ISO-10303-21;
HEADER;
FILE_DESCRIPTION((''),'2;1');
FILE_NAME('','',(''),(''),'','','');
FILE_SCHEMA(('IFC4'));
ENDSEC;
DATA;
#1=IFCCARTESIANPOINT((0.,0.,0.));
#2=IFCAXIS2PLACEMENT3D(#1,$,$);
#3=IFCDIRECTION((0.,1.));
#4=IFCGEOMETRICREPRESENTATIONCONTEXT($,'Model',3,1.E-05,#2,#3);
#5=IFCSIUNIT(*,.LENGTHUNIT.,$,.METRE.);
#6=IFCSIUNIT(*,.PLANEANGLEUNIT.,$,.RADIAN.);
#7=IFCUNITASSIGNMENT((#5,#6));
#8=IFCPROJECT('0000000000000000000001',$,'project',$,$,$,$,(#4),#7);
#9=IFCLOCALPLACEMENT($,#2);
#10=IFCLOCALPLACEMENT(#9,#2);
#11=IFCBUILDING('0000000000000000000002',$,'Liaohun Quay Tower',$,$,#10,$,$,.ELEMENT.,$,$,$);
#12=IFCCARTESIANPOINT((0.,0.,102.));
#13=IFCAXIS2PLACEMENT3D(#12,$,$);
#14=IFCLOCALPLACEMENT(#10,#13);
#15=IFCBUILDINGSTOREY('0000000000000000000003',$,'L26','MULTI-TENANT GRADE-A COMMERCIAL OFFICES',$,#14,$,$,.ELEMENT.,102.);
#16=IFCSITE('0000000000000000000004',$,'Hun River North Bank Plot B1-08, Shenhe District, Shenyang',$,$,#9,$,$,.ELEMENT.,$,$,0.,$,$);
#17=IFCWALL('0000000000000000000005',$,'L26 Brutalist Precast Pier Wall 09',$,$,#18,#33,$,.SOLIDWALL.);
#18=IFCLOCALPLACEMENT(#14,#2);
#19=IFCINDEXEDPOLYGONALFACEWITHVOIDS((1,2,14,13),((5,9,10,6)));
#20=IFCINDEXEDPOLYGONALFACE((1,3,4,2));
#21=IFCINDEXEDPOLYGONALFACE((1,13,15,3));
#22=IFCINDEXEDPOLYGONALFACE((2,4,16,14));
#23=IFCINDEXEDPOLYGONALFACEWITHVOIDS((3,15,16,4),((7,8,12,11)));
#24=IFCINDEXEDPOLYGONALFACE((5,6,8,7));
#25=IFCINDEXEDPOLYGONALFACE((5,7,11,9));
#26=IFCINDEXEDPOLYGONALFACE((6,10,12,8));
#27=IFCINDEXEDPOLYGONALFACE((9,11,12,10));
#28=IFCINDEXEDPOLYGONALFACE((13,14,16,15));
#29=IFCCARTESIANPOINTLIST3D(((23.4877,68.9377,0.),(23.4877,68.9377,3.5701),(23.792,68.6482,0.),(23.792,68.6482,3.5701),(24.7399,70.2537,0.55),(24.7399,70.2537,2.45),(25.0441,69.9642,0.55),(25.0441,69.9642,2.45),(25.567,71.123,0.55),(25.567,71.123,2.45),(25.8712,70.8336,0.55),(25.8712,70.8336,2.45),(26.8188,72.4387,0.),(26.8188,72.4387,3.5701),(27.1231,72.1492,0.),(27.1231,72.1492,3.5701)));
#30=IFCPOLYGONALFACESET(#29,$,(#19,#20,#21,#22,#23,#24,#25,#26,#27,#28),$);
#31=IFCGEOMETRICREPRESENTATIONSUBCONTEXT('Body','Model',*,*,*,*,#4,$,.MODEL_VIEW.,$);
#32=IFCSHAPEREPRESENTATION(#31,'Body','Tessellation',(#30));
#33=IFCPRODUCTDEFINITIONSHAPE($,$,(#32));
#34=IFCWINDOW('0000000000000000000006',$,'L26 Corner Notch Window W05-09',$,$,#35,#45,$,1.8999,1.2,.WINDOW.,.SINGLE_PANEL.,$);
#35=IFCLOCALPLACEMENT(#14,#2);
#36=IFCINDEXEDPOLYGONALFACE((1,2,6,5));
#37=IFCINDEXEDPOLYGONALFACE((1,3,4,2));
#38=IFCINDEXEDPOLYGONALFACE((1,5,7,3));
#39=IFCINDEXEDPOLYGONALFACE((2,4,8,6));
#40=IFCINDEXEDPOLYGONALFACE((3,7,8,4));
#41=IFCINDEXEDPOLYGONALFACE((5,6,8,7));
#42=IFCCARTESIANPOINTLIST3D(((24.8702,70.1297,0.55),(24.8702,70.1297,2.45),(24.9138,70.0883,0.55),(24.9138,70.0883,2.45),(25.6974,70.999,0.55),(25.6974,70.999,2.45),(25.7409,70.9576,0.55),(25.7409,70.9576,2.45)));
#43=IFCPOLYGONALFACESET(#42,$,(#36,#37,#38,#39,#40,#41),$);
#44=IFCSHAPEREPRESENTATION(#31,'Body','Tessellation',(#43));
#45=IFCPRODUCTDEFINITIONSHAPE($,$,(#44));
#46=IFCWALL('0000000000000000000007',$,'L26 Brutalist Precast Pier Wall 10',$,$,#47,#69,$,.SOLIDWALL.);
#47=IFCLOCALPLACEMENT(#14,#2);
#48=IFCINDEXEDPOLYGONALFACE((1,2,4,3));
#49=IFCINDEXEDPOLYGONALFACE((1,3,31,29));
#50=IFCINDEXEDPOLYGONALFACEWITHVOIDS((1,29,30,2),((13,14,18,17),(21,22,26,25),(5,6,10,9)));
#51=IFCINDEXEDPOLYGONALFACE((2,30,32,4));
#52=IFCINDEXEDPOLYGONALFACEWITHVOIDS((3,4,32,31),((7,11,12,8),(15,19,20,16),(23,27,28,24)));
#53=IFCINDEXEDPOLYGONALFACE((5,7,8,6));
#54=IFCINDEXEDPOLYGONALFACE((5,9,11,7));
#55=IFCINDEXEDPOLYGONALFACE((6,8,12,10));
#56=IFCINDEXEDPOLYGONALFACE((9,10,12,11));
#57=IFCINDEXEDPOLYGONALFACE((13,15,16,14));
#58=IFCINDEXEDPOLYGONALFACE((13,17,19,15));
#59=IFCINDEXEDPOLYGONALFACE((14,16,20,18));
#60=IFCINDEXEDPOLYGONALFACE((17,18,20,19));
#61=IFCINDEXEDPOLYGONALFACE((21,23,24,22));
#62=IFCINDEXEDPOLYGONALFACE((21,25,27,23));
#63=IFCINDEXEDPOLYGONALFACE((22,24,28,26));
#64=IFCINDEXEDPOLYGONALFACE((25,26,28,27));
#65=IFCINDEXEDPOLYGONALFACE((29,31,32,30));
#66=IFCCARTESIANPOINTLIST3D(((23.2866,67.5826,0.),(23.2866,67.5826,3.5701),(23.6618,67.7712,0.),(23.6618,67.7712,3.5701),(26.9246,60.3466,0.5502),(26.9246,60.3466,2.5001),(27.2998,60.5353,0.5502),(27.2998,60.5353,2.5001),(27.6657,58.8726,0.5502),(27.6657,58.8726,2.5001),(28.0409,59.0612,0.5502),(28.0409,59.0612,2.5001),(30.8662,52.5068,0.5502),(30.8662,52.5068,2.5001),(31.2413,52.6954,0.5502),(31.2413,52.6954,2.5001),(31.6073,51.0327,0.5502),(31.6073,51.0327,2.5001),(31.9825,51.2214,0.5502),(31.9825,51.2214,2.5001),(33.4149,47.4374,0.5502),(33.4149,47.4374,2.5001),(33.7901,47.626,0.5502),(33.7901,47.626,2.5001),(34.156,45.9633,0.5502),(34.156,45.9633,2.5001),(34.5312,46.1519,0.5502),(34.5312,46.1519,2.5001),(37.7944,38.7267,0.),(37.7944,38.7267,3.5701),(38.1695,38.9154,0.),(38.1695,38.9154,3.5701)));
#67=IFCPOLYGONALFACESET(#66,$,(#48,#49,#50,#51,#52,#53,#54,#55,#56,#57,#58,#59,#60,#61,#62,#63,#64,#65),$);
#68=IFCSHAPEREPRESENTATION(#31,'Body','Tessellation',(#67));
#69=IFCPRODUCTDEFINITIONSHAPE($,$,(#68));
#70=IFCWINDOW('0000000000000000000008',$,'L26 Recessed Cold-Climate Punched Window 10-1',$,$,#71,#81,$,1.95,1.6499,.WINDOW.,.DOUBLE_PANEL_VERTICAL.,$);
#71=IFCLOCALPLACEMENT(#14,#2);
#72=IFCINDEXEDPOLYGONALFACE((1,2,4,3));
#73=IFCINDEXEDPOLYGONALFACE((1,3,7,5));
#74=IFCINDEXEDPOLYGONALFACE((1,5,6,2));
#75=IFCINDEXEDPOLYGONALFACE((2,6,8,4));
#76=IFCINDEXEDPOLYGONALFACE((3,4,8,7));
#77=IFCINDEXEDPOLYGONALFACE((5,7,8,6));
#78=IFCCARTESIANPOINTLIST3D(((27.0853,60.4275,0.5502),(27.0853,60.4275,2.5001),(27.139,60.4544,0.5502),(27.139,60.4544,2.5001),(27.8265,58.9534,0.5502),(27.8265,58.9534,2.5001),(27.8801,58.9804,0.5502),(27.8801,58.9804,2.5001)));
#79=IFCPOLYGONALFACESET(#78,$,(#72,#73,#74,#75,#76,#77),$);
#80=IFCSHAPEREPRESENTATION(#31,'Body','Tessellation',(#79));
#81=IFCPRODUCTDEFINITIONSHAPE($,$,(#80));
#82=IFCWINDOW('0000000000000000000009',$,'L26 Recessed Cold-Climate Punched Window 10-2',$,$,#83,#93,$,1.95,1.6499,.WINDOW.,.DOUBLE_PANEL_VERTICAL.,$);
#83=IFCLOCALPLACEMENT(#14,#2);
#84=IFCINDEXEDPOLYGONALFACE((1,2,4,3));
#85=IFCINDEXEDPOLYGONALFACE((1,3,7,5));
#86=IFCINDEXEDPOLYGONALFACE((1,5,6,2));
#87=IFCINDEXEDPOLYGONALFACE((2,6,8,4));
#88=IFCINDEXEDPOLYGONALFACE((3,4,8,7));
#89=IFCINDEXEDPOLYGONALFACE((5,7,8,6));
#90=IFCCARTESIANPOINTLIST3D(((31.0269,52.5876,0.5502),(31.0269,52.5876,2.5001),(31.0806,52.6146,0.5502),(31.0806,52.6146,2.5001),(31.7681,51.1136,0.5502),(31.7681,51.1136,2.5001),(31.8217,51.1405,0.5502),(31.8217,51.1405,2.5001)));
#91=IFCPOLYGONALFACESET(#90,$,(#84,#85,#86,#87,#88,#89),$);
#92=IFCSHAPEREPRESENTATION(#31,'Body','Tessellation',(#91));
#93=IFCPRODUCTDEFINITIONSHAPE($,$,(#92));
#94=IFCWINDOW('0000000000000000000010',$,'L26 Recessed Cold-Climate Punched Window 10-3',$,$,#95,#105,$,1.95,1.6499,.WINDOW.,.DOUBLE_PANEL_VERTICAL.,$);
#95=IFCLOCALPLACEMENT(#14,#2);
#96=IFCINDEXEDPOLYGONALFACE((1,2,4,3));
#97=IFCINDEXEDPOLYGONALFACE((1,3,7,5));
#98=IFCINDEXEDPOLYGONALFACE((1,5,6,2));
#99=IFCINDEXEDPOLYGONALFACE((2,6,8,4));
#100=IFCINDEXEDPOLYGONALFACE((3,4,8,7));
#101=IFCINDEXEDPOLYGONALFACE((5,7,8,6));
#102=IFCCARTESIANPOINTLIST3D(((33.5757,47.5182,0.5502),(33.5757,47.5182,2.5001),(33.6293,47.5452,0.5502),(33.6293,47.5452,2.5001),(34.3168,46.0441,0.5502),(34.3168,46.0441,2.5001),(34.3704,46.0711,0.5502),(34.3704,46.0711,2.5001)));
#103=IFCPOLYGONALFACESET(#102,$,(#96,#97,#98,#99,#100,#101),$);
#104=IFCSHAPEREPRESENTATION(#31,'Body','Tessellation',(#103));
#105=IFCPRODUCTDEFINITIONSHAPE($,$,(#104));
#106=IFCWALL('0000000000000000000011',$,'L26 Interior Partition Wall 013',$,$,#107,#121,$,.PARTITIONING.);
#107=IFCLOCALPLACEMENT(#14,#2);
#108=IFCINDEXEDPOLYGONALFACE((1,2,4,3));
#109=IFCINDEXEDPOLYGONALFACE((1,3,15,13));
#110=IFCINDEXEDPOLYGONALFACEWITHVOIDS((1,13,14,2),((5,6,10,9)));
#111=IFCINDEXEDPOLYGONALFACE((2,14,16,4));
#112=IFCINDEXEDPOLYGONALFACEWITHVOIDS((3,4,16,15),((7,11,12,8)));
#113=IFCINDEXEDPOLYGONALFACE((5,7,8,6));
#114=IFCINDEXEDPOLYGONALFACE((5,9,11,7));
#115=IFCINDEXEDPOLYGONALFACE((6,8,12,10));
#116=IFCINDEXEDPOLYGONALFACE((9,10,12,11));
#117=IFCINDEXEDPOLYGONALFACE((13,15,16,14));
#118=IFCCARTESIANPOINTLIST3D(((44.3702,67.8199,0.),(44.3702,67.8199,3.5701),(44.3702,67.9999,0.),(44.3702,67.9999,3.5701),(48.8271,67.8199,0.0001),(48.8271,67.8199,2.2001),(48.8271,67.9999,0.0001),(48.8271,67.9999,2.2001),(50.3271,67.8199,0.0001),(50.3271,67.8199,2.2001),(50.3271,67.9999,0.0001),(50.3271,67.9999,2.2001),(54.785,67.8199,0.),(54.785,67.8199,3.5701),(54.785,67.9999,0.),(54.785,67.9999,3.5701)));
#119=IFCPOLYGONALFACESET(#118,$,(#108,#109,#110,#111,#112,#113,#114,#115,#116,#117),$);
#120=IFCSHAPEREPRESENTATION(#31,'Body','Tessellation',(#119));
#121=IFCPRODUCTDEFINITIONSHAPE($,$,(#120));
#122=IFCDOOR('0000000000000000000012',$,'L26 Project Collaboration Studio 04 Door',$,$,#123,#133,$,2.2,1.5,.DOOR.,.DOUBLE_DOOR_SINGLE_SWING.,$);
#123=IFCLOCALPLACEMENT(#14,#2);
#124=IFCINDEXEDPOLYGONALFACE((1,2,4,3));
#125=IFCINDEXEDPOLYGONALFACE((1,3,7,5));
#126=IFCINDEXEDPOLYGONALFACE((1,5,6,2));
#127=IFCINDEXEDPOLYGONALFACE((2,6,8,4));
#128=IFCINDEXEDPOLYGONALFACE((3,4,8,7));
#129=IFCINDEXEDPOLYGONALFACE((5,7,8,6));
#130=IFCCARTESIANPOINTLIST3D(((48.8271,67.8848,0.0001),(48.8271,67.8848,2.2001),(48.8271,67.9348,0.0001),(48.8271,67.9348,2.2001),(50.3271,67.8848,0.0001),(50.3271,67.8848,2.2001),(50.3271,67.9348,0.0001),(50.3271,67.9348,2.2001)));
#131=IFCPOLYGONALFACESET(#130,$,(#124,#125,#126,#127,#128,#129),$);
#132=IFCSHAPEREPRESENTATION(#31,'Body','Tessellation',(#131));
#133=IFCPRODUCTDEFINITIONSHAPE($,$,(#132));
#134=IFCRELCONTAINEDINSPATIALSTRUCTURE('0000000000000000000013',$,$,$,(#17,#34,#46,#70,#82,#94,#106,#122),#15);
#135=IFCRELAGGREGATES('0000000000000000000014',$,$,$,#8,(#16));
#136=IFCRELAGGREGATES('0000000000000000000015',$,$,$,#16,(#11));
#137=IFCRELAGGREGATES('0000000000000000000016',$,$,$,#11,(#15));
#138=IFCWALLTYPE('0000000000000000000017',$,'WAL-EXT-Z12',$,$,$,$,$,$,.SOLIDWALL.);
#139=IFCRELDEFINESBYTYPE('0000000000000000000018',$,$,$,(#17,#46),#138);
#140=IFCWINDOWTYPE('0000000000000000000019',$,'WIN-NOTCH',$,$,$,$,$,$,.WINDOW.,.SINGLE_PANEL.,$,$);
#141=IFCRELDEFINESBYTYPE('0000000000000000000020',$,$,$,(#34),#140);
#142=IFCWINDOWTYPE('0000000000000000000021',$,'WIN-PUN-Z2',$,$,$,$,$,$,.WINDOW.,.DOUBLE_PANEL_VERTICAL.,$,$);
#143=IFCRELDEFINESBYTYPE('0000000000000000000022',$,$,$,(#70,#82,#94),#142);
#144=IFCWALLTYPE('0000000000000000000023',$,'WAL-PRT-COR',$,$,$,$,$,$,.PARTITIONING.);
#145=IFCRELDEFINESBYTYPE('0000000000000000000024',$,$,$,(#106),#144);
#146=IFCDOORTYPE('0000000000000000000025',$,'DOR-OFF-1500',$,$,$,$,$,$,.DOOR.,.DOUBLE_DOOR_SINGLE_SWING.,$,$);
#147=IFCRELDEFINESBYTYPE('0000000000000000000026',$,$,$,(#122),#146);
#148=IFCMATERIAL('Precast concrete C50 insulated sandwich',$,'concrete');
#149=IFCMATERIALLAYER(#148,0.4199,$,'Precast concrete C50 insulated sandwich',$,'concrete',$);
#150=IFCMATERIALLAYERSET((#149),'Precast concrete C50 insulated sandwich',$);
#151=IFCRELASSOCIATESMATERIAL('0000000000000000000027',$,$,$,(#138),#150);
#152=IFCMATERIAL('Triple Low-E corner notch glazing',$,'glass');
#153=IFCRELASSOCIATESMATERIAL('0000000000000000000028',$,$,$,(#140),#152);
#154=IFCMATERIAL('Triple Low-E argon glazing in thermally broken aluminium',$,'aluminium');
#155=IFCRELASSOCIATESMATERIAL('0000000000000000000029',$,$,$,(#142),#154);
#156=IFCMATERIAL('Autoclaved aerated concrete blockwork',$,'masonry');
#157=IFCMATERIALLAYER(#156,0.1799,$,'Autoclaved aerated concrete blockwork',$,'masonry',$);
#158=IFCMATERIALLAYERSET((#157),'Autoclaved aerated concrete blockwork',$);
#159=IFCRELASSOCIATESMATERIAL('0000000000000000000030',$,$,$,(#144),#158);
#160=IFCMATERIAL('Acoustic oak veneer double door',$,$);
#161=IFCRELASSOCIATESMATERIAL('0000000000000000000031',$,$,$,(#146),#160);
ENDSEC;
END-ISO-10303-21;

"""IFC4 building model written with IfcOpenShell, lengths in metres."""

from ifc_helpers import new_model, si_unit, direction, frame, frame_2d, origin, place, context, subcontext, project, spatial, rectangle, extrude, source, transform, mapped, material, layer, layer_set, type_object, element, fill, save


model = new_model("IFC4")

# Units and contexts
model_context = context("Model", 3, precision=1e-05, world=origin(), true_north=direction((0.0, 1.0)))
body_context = subcontext(model_context, "Body", "Model", "MODEL_VIEW")
ifc_project = project(units=[si_unit("LENGTHUNIT", "METRE"), si_unit("PLANEANGLEUNIT", "RADIAN")], contexts=[model_context])

# Site, building, storey
site_placement = place(None, origin())
site = spatial("IfcSite", under=ifc_project, at=site_placement, Name="Hun River North Bank Plot B1-08, Shenhe District, Shenyang", CompositionType="ELEMENT", RefElevation=0.0)
building_placement = place(site_placement, origin())
building = spatial("IfcBuilding", under=site, at=building_placement, Name="Liaohun Quay Tower", CompositionType="ELEMENT")
storey_placement = place(building_placement, frame((0.0, 0.0, 102.0)))
storey = spatial("IfcBuildingStorey", under=building, at=storey_placement, Name="L26", Description="MULTI-TENANT GRADE-A COMMERCIAL OFFICES", CompositionType="ELEMENT", Elevation=102.0)

# Wall, opening, window
ifc_material_1 = material(Name="Precast concrete C50 insulated sandwich", Category="concrete")
ifc_layer_1 = layer(ifc_material_1, 0.4199, Name="Precast concrete C50 insulated sandwich", Category="concrete")
ifc_layer_set_1 = layer_set([ifc_layer_1], Name="Precast concrete C50 insulated sandwich")
wall_type_1 = type_object("IfcWallType", Name="WAL-EXT-Z12", PredefinedType="SOLIDWALL", material=ifc_layer_set_1)
shared_shape_1 = source(origin(), body_context, "Body", "SweptSolid", [
    extrude(rectangle(XDim=1.2, YDim=1.8999, at=frame_2d((0.6001, 0.95))), frame((0.0, 0.22, 0.0), z_axis=(0.0, -1.0, 0.0), x_axis=(1.0, 0.0, 0.0)), (0.0, 0.0, 1.0), 0.4399),
])
ifc_material_2 = material(Name="Triple Low-E corner notch glazing", Category="glass")
window_type_1 = type_object("IfcWindowType", Name="WIN-NOTCH", PartitioningType="SINGLE_PANEL", PredefinedType="WINDOW", material=ifc_material_2)
shared_shape_2 = source(origin(), body_context, "Body", "SweptSolid", [
    extrude(rectangle(XDim=1.2, YDim=1.8999, at=frame_2d((0.6001, 0.95))), frame((0.0, 0.03, 0.0), z_axis=(0.0, -1.0, 0.0), x_axis=(1.0, 0.0, 0.0)), (0.0, 0.0, 1.0), 0.0601),
])
wall_1_placement = place(storey_placement, frame((26.9709, 72.2939, 0.0), z_axis=(0.0, 0.0, 1.0), x_axis=(-0.689307, -0.724469, 0.0)))
wall_1 = element("IfcWall", 1, at=wall_1_placement, inside=storey, type_object=wall_type_1, Name="L26 Brutalist Precast Pier Wall 09", PredefinedType="SOLIDWALL", context=body_context, shape_type="SweptSolid", body=[
    extrude(rectangle(XDim=4.8325, YDim=0.4199, at=frame_2d((2.4163, 0.0))), origin(), (0.0, 0.0, 1.0), 3.5701),
])
opening_1_placement = place(wall_1_placement, frame((1.8159, 0.0, 0.55)))
opening_1 = element("IfcOpeningElement", 2, at=opening_1_placement, cuts=wall_1, PredefinedType="OPENING", context=body_context, shape_type="MappedRepresentation", body=[
    mapped(shared_shape_1, transform((0.0, 0.0, 0.0), x_axis=(1.0, 0.0, 0.0), y_axis=(0.0, 1.0, 0.0), z_axis=(0.0, 0.0, 1.0), scale=1.0)),
])
window_1_placement = place(opening_1_placement, origin())
window_1 = element("IfcWindow", 3, at=window_1_placement, inside=storey, type_object=window_type_1, Name="L26 Corner Notch Window W05-09", OverallHeight=1.8999, OverallWidth=1.2, PartitioningType="SINGLE_PANEL", PredefinedType="WINDOW", context=body_context, shape_type="MappedRepresentation", body=[
    mapped(shared_shape_2, transform((0.0, 0.0, 0.0), x_axis=(1.0, 0.0, 0.0), y_axis=(0.0, 1.0, 0.0), z_axis=(0.0, 0.0, 1.0), scale=1.0)),
])
fill(opening_1, window_1)

# Wall, openings, windows
wall_2_placement = place(storey_placement, frame((23.4741, 67.677, 0.0), z_axis=(0.0, 0.0, 1.0), x_axis=(0.44919, -0.893436, 0.0)))
wall_2 = element("IfcWall", 4, at=wall_2_placement, inside=storey, type_object=wall_type_1, Name="L26 Brutalist Precast Pier Wall 10", PredefinedType="SOLIDWALL", context=body_context, shape_type="SweptSolid", body=[
    extrude(rectangle(XDim=32.2976, YDim=0.4199, at=frame_2d((16.1489, 0.0))), origin(), (0.0, 0.0, 1.0), 3.5701),
])
shared_shape_3 = source(origin(), body_context, "Body", "SweptSolid", [
    extrude(rectangle(XDim=1.6499, YDim=1.95, at=frame_2d((0.825, 0.9751))), frame((0.0, 0.22, 0.0), z_axis=(0.0, -1.0, 0.0), x_axis=(1.0, 0.0, 0.0)), (0.0, 0.0, 1.0), 0.4399),
])
opening_2_placement = place(wall_2_placement, frame((8.0991, 0.0, 0.55)))
opening_2 = element("IfcOpeningElement", 5, at=opening_2_placement, cuts=wall_2, PredefinedType="OPENING", context=body_context, shape_type="MappedRepresentation", body=[
    mapped(shared_shape_3, transform((0.0, 0.0, 0.0), x_axis=(1.0, 0.0, 0.0), y_axis=(0.0, 1.0, 0.0), z_axis=(0.0, 0.0, 1.0), scale=1.0)),
])
opening_3_placement = place(wall_2_placement, frame((16.874, 0.0, 0.55)))
opening_3 = element("IfcOpeningElement", 6, at=opening_3_placement, cuts=wall_2, PredefinedType="OPENING", context=body_context, shape_type="MappedRepresentation", body=[
    mapped(shared_shape_3, transform((0.0, 0.0, 0.0), x_axis=(1.0, 0.0, 0.0), y_axis=(0.0, 1.0, 0.0), z_axis=(0.0, 0.0, 1.0), scale=1.0)),
])
opening_4_placement = place(wall_2_placement, frame((22.5481, 0.0, 0.55)))
opening_4 = element("IfcOpeningElement", 7, at=opening_4_placement, cuts=wall_2, PredefinedType="OPENING", context=body_context, shape_type="MappedRepresentation", body=[
    mapped(shared_shape_3, transform((0.0, 0.0, 0.0), x_axis=(1.0, 0.0, 0.0), y_axis=(0.0, 1.0, 0.0), z_axis=(0.0, 0.0, 1.0), scale=1.0)),
])
ifc_material_3 = material(Name="Triple Low-E argon glazing in thermally broken aluminium", Category="aluminium")
window_type_2 = type_object("IfcWindowType", Name="WIN-PUN-Z2", PartitioningType="DOUBLE_PANEL_VERTICAL", PredefinedType="WINDOW", material=ifc_material_3)
shared_shape_4 = source(origin(), body_context, "Body", "SweptSolid", [
    extrude(rectangle(XDim=1.6499, YDim=1.95, at=frame_2d((0.825, 0.9751))), frame((0.0, 0.03, 0.0), z_axis=(0.0, -1.0, 0.0), x_axis=(1.0, 0.0, 0.0)), (0.0, 0.0, 1.0), 0.0601),
])
window_2_placement = place(opening_2_placement, origin())
window_2 = element("IfcWindow", 8, at=window_2_placement, inside=storey, type_object=window_type_2, Name="L26 Recessed Cold-Climate Punched Window 10-1", OverallHeight=1.95, OverallWidth=1.6499, PartitioningType="DOUBLE_PANEL_VERTICAL", PredefinedType="WINDOW", context=body_context, shape_type="MappedRepresentation", body=[
    mapped(shared_shape_4, transform((0.0, 0.0, 0.0), x_axis=(1.0, 0.0, 0.0), y_axis=(0.0, 1.0, 0.0), z_axis=(0.0, 0.0, 1.0), scale=1.0)),
])
fill(opening_2, window_2)
window_3_placement = place(opening_3_placement, origin())
window_3 = element("IfcWindow", 9, at=window_3_placement, inside=storey, type_object=window_type_2, Name="L26 Recessed Cold-Climate Punched Window 10-2", OverallHeight=1.95, OverallWidth=1.6499, PartitioningType="DOUBLE_PANEL_VERTICAL", PredefinedType="WINDOW", context=body_context, shape_type="MappedRepresentation", body=[
    mapped(shared_shape_4, transform((0.0, 0.0, 0.0), x_axis=(1.0, 0.0, 0.0), y_axis=(0.0, 1.0, 0.0), z_axis=(0.0, 0.0, 1.0), scale=1.0)),
])
fill(opening_3, window_3)
window_4_placement = place(opening_4_placement, origin())
window_4 = element("IfcWindow", 10, at=window_4_placement, inside=storey, type_object=window_type_2, Name="L26 Recessed Cold-Climate Punched Window 10-3", OverallHeight=1.95, OverallWidth=1.6499, PartitioningType="DOUBLE_PANEL_VERTICAL", PredefinedType="WINDOW", context=body_context, shape_type="MappedRepresentation", body=[
    mapped(shared_shape_4, transform((0.0, 0.0, 0.0), x_axis=(1.0, 0.0, 0.0), y_axis=(0.0, 1.0, 0.0), z_axis=(0.0, 0.0, 1.0), scale=1.0)),
])
fill(opening_4, window_4)

# Wall, opening, door
ifc_material_4 = material(Name="Autoclaved aerated concrete blockwork", Category="masonry")
ifc_layer_2 = layer(ifc_material_4, 0.1799, Name="Autoclaved aerated concrete blockwork", Category="masonry")
ifc_layer_set_2 = layer_set([ifc_layer_2], Name="Autoclaved aerated concrete blockwork")
wall_type_2 = type_object("IfcWallType", Name="WAL-PRT-COR", PredefinedType="PARTITIONING", material=ifc_layer_set_2)
wall_3_placement = place(storey_placement, frame((44.3701, 67.9099, 0.0), z_axis=(0.0, 0.0, 1.0), x_axis=(1.0, 0.0, 0.0)))
wall_3 = element("IfcWall", 11, at=wall_3_placement, inside=storey, type_object=wall_type_2, Name="L26 Interior Partition Wall 013", PredefinedType="PARTITIONING", context=body_context, shape_type="SweptSolid", body=[
    extrude(rectangle(XDim=10.4148, YDim=0.1799, at=frame_2d((5.2075, 0.0))), origin(), (0.0, 0.0, 1.0), 3.5701),
])
shared_shape_5 = source(origin(), body_context, "Body", "SweptSolid", [
    extrude(rectangle(XDim=1.5, YDim=2.2, at=frame_2d((0.75, 1.1001))), frame((0.0, 0.0999, 0.0), z_axis=(0.0, -1.0, 0.0), x_axis=(1.0, 0.0, 0.0)), (0.0, 0.0, 1.0), 0.2),
])
opening_5_placement = place(wall_3_placement, frame((4.457, 0.0, 0.0)))
opening_5 = element("IfcOpeningElement", 12, at=opening_5_placement, cuts=wall_3, PredefinedType="OPENING", context=body_context, shape_type="MappedRepresentation", body=[
    mapped(shared_shape_5, transform((0.0, 0.0, 0.0), x_axis=(1.0, 0.0, 0.0), y_axis=(0.0, 1.0, 0.0), z_axis=(0.0, 0.0, 1.0), scale=1.0)),
])
ifc_material_5 = material(Name="Acoustic oak veneer double door")
door_type_1 = type_object("IfcDoorType", Name="DOR-OFF-1500", OperationType="DOUBLE_DOOR_SINGLE_SWING", PredefinedType="DOOR", material=ifc_material_5)
shared_shape_6 = source(origin(), body_context, "Body", "SweptSolid", [
    extrude(rectangle(XDim=1.5, YDim=2.2, at=frame_2d((0.75, 1.1001))), frame((0.0, 0.0249, 0.0), z_axis=(0.0, -1.0, 0.0), x_axis=(1.0, 0.0, 0.0)), (0.0, 0.0, 1.0), 0.05),
])
door_1_placement = place(opening_5_placement, origin())
door_1 = element("IfcDoor", 13, at=door_1_placement, inside=storey, type_object=door_type_1, Name="L26 Project Collaboration Studio 04 Door", OperationType="DOUBLE_DOOR_SINGLE_SWING", OverallHeight=2.2, OverallWidth=1.5, PredefinedType="DOOR", context=body_context, shape_type="MappedRepresentation", body=[
    mapped(shared_shape_6, transform((0.0, 0.0, 0.0), x_axis=(1.0, 0.0, 0.0), y_axis=(0.0, 1.0, 0.0), z_axis=(0.0, 0.0, 1.0), scale=1.0)),
])
fill(opening_5, door_1)

save(model, "model.ifc")
